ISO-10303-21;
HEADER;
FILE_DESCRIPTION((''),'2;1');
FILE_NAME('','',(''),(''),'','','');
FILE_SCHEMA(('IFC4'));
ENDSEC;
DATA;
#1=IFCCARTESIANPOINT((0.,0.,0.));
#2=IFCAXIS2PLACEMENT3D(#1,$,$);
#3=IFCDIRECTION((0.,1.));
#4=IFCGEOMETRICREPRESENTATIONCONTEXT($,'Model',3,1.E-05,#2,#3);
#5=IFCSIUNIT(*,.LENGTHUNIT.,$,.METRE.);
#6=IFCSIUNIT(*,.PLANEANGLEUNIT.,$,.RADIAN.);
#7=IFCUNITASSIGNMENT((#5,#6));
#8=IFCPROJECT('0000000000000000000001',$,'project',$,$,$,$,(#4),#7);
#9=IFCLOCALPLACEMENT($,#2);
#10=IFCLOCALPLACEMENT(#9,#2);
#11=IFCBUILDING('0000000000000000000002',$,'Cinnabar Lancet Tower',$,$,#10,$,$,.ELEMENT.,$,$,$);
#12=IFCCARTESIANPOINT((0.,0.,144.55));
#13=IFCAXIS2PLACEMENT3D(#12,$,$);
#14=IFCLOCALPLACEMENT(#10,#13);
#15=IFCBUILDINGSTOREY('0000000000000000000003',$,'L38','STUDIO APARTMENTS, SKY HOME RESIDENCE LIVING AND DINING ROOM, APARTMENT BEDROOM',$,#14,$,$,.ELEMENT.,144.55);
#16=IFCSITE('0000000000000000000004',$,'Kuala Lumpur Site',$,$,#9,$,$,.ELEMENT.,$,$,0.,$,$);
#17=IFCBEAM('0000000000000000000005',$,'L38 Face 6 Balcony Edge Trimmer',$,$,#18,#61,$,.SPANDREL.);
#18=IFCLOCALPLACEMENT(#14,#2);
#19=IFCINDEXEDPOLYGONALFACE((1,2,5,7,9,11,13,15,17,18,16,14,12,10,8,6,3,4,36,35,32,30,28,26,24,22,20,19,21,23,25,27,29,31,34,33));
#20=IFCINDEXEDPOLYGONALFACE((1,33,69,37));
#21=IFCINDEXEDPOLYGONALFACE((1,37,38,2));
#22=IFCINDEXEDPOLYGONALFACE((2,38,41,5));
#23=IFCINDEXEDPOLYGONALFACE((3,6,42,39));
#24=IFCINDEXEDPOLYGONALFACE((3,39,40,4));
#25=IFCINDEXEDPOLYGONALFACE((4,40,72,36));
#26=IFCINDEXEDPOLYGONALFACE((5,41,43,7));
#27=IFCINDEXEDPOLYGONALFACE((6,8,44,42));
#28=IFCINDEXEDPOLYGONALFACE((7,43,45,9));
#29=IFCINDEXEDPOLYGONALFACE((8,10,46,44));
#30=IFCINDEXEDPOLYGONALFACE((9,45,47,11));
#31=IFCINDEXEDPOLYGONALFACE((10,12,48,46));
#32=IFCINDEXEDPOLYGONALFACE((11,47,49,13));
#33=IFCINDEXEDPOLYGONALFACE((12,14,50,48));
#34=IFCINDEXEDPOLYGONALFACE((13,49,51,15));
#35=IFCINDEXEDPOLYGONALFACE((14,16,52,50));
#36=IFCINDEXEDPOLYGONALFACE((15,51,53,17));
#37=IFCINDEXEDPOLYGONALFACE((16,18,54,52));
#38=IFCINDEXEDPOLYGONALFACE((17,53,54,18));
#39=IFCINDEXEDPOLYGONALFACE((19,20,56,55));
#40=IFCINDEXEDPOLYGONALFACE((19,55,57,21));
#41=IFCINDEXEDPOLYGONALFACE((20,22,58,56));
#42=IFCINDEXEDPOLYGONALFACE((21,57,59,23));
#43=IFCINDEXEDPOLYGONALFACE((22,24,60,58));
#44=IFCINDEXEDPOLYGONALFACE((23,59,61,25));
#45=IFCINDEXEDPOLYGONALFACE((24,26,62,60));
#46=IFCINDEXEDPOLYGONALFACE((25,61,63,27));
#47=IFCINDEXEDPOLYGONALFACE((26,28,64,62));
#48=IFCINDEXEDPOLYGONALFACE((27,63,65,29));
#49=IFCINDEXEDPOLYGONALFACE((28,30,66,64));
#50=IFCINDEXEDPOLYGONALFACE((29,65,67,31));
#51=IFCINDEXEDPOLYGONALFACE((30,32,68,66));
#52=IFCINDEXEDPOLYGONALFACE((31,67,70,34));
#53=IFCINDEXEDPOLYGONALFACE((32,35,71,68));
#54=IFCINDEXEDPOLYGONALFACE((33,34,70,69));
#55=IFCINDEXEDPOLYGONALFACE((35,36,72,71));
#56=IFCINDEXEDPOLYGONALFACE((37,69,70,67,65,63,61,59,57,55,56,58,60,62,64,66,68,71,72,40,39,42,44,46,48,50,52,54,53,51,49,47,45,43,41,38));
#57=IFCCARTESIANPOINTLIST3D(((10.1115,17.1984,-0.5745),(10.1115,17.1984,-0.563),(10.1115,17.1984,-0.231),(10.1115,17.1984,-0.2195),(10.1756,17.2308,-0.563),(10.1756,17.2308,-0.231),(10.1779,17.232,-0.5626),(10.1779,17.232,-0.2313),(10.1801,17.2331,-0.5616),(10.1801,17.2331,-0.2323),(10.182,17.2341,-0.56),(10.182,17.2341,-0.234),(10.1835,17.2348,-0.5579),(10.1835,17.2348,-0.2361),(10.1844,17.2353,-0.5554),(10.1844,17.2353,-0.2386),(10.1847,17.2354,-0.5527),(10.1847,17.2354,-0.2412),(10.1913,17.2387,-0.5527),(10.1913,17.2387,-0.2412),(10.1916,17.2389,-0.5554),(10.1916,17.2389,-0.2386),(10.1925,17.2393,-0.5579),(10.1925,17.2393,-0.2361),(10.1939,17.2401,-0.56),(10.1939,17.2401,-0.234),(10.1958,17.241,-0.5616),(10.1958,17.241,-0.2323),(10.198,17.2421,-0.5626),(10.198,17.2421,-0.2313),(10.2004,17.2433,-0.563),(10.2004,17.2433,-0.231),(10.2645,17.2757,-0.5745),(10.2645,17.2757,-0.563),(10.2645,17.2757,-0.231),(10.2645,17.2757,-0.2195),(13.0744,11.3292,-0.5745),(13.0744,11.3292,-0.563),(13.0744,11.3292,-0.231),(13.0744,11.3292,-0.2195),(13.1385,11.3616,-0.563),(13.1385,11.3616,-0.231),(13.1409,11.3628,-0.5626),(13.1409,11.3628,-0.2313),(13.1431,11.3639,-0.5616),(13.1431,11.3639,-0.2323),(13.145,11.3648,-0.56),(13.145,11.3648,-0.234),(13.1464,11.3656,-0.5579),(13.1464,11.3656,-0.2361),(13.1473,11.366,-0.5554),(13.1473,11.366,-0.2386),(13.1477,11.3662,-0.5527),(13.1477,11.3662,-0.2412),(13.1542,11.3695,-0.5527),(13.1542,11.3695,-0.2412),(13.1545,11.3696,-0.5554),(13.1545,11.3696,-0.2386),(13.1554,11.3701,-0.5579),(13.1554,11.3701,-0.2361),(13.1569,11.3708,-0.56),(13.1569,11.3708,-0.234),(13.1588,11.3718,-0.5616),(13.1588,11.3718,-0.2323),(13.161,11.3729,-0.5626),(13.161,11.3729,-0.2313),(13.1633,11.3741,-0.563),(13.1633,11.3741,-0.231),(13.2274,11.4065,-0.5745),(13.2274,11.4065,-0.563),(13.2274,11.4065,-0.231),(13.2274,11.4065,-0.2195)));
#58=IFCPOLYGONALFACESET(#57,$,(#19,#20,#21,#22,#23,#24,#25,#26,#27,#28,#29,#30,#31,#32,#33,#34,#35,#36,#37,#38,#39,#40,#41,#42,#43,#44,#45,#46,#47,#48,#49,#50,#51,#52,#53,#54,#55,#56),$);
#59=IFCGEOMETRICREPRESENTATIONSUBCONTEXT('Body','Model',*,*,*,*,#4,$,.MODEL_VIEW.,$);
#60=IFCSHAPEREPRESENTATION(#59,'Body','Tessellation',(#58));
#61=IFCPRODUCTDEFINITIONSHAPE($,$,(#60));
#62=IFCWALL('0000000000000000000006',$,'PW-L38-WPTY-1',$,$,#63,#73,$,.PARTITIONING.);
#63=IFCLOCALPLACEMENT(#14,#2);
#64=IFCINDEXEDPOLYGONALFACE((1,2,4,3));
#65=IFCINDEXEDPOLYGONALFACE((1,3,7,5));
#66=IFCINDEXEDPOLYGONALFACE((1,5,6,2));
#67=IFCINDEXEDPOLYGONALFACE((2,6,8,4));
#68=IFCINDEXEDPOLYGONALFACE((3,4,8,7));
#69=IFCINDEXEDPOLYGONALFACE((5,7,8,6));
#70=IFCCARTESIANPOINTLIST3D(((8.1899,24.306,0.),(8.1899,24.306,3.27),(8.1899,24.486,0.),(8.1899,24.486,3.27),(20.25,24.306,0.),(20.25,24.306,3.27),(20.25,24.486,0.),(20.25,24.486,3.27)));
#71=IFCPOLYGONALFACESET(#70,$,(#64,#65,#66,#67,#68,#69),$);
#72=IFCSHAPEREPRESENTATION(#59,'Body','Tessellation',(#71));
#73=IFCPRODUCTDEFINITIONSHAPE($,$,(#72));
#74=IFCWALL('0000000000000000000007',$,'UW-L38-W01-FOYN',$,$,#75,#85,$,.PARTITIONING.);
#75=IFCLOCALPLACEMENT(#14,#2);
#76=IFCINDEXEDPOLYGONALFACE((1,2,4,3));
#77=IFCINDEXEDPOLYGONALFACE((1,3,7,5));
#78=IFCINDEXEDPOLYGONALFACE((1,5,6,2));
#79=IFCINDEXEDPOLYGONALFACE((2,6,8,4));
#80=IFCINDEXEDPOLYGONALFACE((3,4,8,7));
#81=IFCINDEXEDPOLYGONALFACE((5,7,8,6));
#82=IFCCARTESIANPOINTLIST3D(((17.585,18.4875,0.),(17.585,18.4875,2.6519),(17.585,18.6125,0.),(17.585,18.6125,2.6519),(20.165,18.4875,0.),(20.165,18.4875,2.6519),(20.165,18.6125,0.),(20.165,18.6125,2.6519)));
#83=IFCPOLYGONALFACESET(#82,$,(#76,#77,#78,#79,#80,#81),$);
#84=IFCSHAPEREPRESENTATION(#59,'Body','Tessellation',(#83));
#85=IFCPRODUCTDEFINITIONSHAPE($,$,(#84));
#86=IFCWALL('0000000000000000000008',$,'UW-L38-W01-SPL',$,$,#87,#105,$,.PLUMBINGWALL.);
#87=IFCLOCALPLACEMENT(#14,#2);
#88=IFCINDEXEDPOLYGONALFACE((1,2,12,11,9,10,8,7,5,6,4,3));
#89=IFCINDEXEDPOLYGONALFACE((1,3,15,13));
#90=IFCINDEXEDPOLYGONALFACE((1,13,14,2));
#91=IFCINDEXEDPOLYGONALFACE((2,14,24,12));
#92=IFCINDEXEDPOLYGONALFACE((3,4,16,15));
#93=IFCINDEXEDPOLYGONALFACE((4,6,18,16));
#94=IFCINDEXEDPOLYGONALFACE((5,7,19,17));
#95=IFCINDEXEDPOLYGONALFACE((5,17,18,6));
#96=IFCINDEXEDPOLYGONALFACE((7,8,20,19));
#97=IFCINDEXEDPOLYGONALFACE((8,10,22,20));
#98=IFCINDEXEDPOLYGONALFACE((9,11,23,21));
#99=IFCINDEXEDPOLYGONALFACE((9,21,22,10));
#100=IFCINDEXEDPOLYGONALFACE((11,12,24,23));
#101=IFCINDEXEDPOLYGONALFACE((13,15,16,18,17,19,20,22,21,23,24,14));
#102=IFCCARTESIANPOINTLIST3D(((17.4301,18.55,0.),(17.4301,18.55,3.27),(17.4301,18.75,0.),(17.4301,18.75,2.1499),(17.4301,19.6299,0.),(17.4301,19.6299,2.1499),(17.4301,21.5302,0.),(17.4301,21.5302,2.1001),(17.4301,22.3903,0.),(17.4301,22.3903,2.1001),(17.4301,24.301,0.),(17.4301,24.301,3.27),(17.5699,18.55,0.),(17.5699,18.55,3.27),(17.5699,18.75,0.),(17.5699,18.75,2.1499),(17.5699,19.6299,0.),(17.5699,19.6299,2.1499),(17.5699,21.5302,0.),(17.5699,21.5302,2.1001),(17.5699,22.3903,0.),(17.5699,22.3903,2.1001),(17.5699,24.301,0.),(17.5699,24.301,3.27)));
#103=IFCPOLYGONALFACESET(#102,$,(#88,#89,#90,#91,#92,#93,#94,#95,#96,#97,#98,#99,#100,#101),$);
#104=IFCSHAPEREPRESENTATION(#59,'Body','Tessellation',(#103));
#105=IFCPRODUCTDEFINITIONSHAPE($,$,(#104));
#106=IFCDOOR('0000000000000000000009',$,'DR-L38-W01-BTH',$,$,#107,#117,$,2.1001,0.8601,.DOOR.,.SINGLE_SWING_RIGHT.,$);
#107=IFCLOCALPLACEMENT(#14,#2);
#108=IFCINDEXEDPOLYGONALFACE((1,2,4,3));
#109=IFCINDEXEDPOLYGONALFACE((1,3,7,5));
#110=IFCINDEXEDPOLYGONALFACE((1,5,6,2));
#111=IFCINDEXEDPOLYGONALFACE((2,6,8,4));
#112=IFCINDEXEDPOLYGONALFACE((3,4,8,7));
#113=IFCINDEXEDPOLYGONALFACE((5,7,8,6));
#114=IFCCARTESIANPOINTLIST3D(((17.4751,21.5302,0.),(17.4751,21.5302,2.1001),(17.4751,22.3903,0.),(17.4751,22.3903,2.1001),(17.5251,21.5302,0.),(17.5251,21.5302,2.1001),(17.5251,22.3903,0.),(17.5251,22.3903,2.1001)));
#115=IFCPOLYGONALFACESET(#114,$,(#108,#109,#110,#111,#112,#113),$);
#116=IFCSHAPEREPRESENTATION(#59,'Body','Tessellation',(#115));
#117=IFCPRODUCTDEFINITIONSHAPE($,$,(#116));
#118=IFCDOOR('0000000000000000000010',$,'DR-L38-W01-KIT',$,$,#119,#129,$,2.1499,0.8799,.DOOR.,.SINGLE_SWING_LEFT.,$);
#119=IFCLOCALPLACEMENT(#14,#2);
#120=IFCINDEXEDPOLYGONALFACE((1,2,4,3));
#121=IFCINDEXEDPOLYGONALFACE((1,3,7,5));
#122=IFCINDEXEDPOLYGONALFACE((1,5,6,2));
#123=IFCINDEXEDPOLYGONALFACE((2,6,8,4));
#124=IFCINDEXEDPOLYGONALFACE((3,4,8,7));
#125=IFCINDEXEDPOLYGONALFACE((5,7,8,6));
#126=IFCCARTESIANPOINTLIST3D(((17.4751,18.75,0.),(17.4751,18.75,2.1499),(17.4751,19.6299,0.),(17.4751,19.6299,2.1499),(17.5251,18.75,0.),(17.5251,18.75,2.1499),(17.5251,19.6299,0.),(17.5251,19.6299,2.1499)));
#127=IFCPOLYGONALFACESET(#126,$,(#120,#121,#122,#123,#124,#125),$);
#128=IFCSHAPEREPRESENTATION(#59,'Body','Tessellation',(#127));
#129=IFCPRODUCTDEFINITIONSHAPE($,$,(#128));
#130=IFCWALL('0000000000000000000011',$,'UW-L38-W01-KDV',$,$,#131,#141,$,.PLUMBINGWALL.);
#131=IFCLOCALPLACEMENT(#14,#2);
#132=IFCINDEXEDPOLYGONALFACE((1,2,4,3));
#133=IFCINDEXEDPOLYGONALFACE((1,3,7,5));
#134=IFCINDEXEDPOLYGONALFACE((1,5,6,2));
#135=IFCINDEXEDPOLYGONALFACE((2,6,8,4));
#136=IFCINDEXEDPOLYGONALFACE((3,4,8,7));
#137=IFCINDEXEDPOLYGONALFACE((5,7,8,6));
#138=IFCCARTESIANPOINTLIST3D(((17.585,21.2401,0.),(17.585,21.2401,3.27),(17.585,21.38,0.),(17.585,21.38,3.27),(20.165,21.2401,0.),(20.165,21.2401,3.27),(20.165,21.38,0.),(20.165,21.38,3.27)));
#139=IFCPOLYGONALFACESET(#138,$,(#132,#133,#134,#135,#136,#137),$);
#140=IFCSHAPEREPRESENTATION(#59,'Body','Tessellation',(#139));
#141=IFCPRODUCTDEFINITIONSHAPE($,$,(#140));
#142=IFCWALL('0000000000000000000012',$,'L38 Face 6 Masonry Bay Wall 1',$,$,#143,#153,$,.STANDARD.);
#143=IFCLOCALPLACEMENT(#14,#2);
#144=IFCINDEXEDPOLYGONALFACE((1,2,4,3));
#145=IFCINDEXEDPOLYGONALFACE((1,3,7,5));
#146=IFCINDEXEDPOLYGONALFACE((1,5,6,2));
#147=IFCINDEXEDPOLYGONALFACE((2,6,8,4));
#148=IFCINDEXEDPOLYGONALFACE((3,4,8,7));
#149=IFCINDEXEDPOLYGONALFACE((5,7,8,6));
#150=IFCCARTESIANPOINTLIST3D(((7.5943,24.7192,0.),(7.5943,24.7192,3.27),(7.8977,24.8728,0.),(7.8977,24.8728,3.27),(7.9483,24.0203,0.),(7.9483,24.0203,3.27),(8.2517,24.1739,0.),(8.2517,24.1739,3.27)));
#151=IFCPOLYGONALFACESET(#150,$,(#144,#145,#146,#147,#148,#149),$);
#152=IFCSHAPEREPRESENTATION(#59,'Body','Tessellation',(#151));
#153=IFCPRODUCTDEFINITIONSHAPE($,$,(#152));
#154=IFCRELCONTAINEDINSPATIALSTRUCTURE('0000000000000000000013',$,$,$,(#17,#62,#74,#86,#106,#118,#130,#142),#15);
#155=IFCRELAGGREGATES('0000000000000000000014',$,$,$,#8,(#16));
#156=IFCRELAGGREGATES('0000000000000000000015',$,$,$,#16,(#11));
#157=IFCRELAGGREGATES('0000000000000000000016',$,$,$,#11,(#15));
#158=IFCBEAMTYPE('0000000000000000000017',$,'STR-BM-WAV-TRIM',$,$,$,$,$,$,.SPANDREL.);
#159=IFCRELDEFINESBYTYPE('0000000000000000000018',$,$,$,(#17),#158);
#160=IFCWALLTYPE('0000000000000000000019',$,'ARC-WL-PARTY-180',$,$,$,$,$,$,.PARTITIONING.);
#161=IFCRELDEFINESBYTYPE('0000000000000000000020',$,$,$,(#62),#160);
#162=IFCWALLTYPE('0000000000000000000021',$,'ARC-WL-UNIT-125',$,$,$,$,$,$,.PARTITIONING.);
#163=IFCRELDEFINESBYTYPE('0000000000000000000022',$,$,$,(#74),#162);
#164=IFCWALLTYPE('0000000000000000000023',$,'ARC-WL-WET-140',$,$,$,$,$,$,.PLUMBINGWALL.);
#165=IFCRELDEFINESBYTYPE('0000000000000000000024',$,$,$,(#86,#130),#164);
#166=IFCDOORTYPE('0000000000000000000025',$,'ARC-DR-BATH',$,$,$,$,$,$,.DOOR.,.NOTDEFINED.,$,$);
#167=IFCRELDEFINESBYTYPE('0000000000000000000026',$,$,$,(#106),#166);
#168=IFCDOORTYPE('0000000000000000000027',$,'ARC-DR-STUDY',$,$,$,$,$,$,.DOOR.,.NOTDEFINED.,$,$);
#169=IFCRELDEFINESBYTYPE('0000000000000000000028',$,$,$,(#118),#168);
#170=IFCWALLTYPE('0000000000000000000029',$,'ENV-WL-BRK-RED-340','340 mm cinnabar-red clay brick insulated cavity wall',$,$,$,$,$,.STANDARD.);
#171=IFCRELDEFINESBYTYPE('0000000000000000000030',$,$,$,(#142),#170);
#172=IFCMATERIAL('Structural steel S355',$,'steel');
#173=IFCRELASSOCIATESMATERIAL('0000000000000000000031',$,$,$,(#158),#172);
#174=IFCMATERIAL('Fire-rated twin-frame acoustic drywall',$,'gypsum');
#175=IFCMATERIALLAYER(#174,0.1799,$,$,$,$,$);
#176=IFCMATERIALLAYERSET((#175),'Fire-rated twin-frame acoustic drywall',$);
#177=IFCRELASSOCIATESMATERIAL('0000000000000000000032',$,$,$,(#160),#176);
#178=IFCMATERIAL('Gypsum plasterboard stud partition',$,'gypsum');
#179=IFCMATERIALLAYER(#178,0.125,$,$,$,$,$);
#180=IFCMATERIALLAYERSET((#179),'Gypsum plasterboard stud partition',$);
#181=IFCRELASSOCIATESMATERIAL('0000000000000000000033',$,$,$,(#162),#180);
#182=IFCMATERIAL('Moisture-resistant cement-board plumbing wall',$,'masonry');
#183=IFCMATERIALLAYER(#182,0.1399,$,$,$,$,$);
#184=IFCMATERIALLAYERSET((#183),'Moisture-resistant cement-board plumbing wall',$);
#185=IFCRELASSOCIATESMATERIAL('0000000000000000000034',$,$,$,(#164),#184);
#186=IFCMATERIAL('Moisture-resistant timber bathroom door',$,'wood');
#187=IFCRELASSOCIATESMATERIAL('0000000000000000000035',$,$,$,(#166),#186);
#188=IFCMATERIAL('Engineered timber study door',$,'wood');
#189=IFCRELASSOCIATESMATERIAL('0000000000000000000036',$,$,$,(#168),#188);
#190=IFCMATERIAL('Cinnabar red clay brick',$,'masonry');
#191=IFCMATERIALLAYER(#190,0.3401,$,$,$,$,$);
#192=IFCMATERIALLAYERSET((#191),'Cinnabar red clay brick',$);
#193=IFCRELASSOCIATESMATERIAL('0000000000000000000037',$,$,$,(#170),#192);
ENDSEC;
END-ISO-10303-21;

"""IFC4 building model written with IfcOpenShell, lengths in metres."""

from ifc_helpers import new_model, si_unit, direction, frame, frame_2d, origin, origin_2d, place, context, subcontext, project, spatial, rectangle, i_section, extrude, material, layer, layer_set, material_profile, profile_set, type_object, element, fill, save


model = new_model("IFC4")

# Units and contexts
model_context = context("Model", 3, precision=1e-05, world=origin(), true_north=direction((0.0, 1.0)))
body_context = subcontext(model_context, "Body", "Model", "MODEL_VIEW")
ifc_project = project(units=[si_unit("LENGTHUNIT", "METRE"), si_unit("PLANEANGLEUNIT", "RADIAN")], contexts=[model_context])

# Site, building, storey
site_placement = place(None, origin())
site = spatial("IfcSite", under=ifc_project, at=site_placement, Name="Kuala Lumpur Site", CompositionType="ELEMENT", RefElevation=0.0)
building_placement = place(site_placement, origin())
building = spatial("IfcBuilding", under=site, at=building_placement, Name="Cinnabar Lancet Tower", CompositionType="ELEMENT")
storey_placement = place(building_placement, frame((0.0, 0.0, 144.55)))
storey = spatial("IfcBuildingStorey", under=building, at=storey_placement, Name="L38", Description="STUDIO APARTMENTS, SKY HOME RESIDENCE LIVING AND DINING ROOM, APARTMENT BEDROOM", CompositionType="ELEMENT", Elevation=144.55)

# Beam
ifc_material_1 = material(Name="Structural steel S355", Category="steel")
ifc_material_profile_1 = material_profile(ifc_material_1, i_section(OverallWidth=0.1714, OverallDepth=0.355, WebThickness=0.0073, FlangeThickness=0.0115, FilletRadius=0.0103, at=origin_2d()), Name="UKB 356x171x51")
ifc_profile_set_1 = profile_set([ifc_material_profile_1], Name="Structural steel S355")
beam_type_1 = type_object("IfcBeamType", Name="STR-BM-WAV-TRIM", PredefinedType="SPANDREL", material=ifc_profile_set_1)
beam_1_placement = place(storey_placement, frame((10.188, 17.2371, -0.397), z_axis=(0.450656, -0.892698, 0.0), x_axis=(0.892698, 0.450656, 0.0)))
element("IfcBeam", 1, at=beam_1_placement, inside=storey, type_object=beam_type_1, Name="L38 Face 6 Balcony Edge Trimmer", PredefinedType="SPANDREL", context=body_context, shape_type="SweptSolid", body=[
    extrude(i_section(OverallWidth=0.1714, OverallDepth=0.355, WebThickness=0.0073, FlangeThickness=0.0115, FilletRadius=0.0103, at=origin_2d()), origin(), (0.0, 0.0, 1.0), 6.5747),
])

# Walls
ifc_material_2 = material(Name="Fire-rated twin-frame acoustic drywall", Category="gypsum")
ifc_layer_1 = layer(ifc_material_2, 0.1799)
ifc_layer_set_1 = layer_set([ifc_layer_1], Name="Fire-rated twin-frame acoustic drywall")
wall_type_1 = type_object("IfcWallType", Name="ARC-WL-PARTY-180", PredefinedType="PARTITIONING", material=ifc_layer_set_1)
wall_1_placement = place(storey_placement, frame((8.1899, 24.396, 0.0), z_axis=(0.0, 0.0, 1.0), x_axis=(1.0, 0.0, 0.0)))
element("IfcWall", 2, at=wall_1_placement, inside=storey, type_object=wall_type_1, Name="PW-L38-WPTY-1", PredefinedType="PARTITIONING", context=body_context, shape_type="SweptSolid", body=[
    extrude(rectangle(XDim=12.0601, YDim=0.1799, at=frame_2d((6.03, 0.0))), origin(), (0.0, 0.0, 1.0), 3.27),
])
ifc_material_3 = material(Name="Gypsum plasterboard stud partition", Category="gypsum")
ifc_layer_2 = layer(ifc_material_3, 0.125)
ifc_layer_set_2 = layer_set([ifc_layer_2], Name="Gypsum plasterboard stud partition")
wall_type_2 = type_object("IfcWallType", Name="ARC-WL-UNIT-125", PredefinedType="PARTITIONING", material=ifc_layer_set_2)
wall_2_placement = place(storey_placement, frame((17.585, 18.55, 0.0), z_axis=(0.0, 0.0, 1.0), x_axis=(1.0, 0.0, 0.0)))
element("IfcWall", 3, at=wall_2_placement, inside=storey, type_object=wall_type_2, Name="UW-L38-W01-FOYN", PredefinedType="PARTITIONING", context=body_context, shape_type="SweptSolid", body=[
    extrude(rectangle(XDim=2.5801, YDim=0.125, at=frame_2d((1.29, 0.0))), origin(), (0.0, 0.0, 1.0), 2.6519),
])

# Wall, openings, doors
ifc_material_4 = material(Name="Moisture-resistant cement-board plumbing wall", Category="masonry")
ifc_layer_3 = layer(ifc_material_4, 0.1399)
ifc_layer_set_3 = layer_set([ifc_layer_3], Name="Moisture-resistant cement-board plumbing wall")
wall_type_3 = type_object("IfcWallType", Name="ARC-WL-WET-140", PredefinedType="PLUMBINGWALL", material=ifc_layer_set_3)
wall_3_placement = place(storey_placement, frame((17.5, 18.55, 0.0), z_axis=(0.0, 0.0, 1.0), x_axis=(0.0, 1.0, 0.0)))
wall_3 = element("IfcWall", 4, at=wall_3_placement, inside=storey, type_object=wall_type_3, Name="UW-L38-W01-SPL", PredefinedType="PLUMBINGWALL", context=body_context, shape_type="SweptSolid", body=[
    extrude(rectangle(XDim=5.751, YDim=0.1399, at=frame_2d((2.8755, 0.0))), origin(), (0.0, 0.0, 1.0), 3.27),
])
opening_1_placement = place(wall_3_placement, frame((2.98, 0.0, 0.0)))
opening_1 = element("IfcOpeningElement", 5, at=opening_1_placement, cuts=wall_3, PredefinedType="OPENING", context=body_context, shape_type="SweptSolid", body=[
    extrude(rectangle(XDim=0.8601, YDim=2.1001, at=frame_2d((0.4302, 1.05))), frame((0.0, 0.0798, 0.0), z_axis=(0.0, -1.0, 0.0), x_axis=(1.0, 0.0, 0.0)), (0.0, 0.0, 1.0), 0.1599),
])
opening_2_placement = place(wall_3_placement, frame((0.2, 0.0, 0.0)))
opening_2 = element("IfcOpeningElement", 6, at=opening_2_placement, cuts=wall_3, PredefinedType="OPENING", context=body_context, shape_type="SweptSolid", body=[
    extrude(rectangle(XDim=0.8799, YDim=2.1499, at=frame_2d((0.4399, 1.075))), frame((0.0, 0.0798, 0.0), z_axis=(0.0, -1.0, 0.0), x_axis=(1.0, 0.0, 0.0)), (0.0, 0.0, 1.0), 0.1599),
])
ifc_material_5 = material(Name="Moisture-resistant timber bathroom door", Category="wood")
door_type_1 = type_object("IfcDoorType", Name="ARC-DR-BATH", OperationType="NOTDEFINED", PredefinedType="DOOR", material=ifc_material_5)
door_1_placement = place(opening_1_placement, origin())
door_1 = element("IfcDoor", 7, at=door_1_placement, inside=storey, type_object=door_type_1, Name="DR-L38-W01-BTH", OperationType="SINGLE_SWING_RIGHT", OverallHeight=2.1001, OverallWidth=0.8601, PredefinedType="DOOR", context=body_context, shape_type="SweptSolid", body=[
    extrude(rectangle(XDim=0.8601, YDim=2.1001, at=frame_2d((0.4302, 1.05))), frame((0.0, 0.0249, 0.0), z_axis=(0.0, -1.0, 0.0), x_axis=(1.0, 0.0, 0.0)), (0.0, 0.0, 1.0), 0.05),
])
fill(opening_1, door_1)
ifc_material_6 = material(Name="Engineered timber study door", Category="wood")
door_type_2 = type_object("IfcDoorType", Name="ARC-DR-STUDY", OperationType="NOTDEFINED", PredefinedType="DOOR", material=ifc_material_6)
door_2_placement = place(opening_2_placement, origin())
door_2 = element("IfcDoor", 8, at=door_2_placement, inside=storey, type_object=door_type_2, Name="DR-L38-W01-KIT", OperationType="SINGLE_SWING_LEFT", OverallHeight=2.1499, OverallWidth=0.8799, PredefinedType="DOOR", context=body_context, shape_type="SweptSolid", body=[
    extrude(rectangle(XDim=0.8799, YDim=2.1499, at=frame_2d((0.4399, 1.075))), frame((0.0, 0.0249, 0.0), z_axis=(0.0, -1.0, 0.0), x_axis=(1.0, 0.0, 0.0)), (0.0, 0.0, 1.0), 0.05),
])
fill(opening_2, door_2)

# Walls
wall_4_placement = place(storey_placement, frame((17.585, 21.3101, 0.0), z_axis=(0.0, 0.0, 1.0), x_axis=(1.0, 0.0, 0.0)))
element("IfcWall", 9, at=wall_4_placement, inside=storey, type_object=wall_type_3, Name="UW-L38-W01-KDV", PredefinedType="PLUMBINGWALL", context=body_context, shape_type="SweptSolid", body=[
    extrude(rectangle(XDim=2.5801, YDim=0.1399, at=frame_2d((1.29, 0.0))), origin(), (0.0, 0.0, 1.0), 3.27),
])
ifc_material_7 = material(Name="Cinnabar red clay brick", Category="masonry")
ifc_layer_4 = layer(ifc_material_7, 0.3401)
ifc_layer_set_4 = layer_set([ifc_layer_4], Name="Cinnabar red clay brick")
wall_type_4 = type_object("IfcWallType", Name="ENV-WL-BRK-RED-340", Description="340 mm cinnabar-red clay brick insulated cavity wall", PredefinedType="STANDARD", material=ifc_layer_set_4)
wall_5_placement = place(storey_placement, frame((7.7461, 24.7959, 0.0), z_axis=(0.0, 0.0, 1.0), x_axis=(0.451819, -0.892109, 0.0)))
element("IfcWall", 10, at=wall_5_placement, inside=storey, type_object=wall_type_4, Name="L38 Face 6 Masonry Bay Wall 1", PredefinedType="STANDARD", context=body_context, shape_type="SweptSolid", body=[
    extrude(rectangle(XDim=0.7834, YDim=0.3401, at=frame_2d((0.3916, 0.0))), origin(), (0.0, 0.0, 1.0), 3.27),
])

save(model, "model.ifc")
